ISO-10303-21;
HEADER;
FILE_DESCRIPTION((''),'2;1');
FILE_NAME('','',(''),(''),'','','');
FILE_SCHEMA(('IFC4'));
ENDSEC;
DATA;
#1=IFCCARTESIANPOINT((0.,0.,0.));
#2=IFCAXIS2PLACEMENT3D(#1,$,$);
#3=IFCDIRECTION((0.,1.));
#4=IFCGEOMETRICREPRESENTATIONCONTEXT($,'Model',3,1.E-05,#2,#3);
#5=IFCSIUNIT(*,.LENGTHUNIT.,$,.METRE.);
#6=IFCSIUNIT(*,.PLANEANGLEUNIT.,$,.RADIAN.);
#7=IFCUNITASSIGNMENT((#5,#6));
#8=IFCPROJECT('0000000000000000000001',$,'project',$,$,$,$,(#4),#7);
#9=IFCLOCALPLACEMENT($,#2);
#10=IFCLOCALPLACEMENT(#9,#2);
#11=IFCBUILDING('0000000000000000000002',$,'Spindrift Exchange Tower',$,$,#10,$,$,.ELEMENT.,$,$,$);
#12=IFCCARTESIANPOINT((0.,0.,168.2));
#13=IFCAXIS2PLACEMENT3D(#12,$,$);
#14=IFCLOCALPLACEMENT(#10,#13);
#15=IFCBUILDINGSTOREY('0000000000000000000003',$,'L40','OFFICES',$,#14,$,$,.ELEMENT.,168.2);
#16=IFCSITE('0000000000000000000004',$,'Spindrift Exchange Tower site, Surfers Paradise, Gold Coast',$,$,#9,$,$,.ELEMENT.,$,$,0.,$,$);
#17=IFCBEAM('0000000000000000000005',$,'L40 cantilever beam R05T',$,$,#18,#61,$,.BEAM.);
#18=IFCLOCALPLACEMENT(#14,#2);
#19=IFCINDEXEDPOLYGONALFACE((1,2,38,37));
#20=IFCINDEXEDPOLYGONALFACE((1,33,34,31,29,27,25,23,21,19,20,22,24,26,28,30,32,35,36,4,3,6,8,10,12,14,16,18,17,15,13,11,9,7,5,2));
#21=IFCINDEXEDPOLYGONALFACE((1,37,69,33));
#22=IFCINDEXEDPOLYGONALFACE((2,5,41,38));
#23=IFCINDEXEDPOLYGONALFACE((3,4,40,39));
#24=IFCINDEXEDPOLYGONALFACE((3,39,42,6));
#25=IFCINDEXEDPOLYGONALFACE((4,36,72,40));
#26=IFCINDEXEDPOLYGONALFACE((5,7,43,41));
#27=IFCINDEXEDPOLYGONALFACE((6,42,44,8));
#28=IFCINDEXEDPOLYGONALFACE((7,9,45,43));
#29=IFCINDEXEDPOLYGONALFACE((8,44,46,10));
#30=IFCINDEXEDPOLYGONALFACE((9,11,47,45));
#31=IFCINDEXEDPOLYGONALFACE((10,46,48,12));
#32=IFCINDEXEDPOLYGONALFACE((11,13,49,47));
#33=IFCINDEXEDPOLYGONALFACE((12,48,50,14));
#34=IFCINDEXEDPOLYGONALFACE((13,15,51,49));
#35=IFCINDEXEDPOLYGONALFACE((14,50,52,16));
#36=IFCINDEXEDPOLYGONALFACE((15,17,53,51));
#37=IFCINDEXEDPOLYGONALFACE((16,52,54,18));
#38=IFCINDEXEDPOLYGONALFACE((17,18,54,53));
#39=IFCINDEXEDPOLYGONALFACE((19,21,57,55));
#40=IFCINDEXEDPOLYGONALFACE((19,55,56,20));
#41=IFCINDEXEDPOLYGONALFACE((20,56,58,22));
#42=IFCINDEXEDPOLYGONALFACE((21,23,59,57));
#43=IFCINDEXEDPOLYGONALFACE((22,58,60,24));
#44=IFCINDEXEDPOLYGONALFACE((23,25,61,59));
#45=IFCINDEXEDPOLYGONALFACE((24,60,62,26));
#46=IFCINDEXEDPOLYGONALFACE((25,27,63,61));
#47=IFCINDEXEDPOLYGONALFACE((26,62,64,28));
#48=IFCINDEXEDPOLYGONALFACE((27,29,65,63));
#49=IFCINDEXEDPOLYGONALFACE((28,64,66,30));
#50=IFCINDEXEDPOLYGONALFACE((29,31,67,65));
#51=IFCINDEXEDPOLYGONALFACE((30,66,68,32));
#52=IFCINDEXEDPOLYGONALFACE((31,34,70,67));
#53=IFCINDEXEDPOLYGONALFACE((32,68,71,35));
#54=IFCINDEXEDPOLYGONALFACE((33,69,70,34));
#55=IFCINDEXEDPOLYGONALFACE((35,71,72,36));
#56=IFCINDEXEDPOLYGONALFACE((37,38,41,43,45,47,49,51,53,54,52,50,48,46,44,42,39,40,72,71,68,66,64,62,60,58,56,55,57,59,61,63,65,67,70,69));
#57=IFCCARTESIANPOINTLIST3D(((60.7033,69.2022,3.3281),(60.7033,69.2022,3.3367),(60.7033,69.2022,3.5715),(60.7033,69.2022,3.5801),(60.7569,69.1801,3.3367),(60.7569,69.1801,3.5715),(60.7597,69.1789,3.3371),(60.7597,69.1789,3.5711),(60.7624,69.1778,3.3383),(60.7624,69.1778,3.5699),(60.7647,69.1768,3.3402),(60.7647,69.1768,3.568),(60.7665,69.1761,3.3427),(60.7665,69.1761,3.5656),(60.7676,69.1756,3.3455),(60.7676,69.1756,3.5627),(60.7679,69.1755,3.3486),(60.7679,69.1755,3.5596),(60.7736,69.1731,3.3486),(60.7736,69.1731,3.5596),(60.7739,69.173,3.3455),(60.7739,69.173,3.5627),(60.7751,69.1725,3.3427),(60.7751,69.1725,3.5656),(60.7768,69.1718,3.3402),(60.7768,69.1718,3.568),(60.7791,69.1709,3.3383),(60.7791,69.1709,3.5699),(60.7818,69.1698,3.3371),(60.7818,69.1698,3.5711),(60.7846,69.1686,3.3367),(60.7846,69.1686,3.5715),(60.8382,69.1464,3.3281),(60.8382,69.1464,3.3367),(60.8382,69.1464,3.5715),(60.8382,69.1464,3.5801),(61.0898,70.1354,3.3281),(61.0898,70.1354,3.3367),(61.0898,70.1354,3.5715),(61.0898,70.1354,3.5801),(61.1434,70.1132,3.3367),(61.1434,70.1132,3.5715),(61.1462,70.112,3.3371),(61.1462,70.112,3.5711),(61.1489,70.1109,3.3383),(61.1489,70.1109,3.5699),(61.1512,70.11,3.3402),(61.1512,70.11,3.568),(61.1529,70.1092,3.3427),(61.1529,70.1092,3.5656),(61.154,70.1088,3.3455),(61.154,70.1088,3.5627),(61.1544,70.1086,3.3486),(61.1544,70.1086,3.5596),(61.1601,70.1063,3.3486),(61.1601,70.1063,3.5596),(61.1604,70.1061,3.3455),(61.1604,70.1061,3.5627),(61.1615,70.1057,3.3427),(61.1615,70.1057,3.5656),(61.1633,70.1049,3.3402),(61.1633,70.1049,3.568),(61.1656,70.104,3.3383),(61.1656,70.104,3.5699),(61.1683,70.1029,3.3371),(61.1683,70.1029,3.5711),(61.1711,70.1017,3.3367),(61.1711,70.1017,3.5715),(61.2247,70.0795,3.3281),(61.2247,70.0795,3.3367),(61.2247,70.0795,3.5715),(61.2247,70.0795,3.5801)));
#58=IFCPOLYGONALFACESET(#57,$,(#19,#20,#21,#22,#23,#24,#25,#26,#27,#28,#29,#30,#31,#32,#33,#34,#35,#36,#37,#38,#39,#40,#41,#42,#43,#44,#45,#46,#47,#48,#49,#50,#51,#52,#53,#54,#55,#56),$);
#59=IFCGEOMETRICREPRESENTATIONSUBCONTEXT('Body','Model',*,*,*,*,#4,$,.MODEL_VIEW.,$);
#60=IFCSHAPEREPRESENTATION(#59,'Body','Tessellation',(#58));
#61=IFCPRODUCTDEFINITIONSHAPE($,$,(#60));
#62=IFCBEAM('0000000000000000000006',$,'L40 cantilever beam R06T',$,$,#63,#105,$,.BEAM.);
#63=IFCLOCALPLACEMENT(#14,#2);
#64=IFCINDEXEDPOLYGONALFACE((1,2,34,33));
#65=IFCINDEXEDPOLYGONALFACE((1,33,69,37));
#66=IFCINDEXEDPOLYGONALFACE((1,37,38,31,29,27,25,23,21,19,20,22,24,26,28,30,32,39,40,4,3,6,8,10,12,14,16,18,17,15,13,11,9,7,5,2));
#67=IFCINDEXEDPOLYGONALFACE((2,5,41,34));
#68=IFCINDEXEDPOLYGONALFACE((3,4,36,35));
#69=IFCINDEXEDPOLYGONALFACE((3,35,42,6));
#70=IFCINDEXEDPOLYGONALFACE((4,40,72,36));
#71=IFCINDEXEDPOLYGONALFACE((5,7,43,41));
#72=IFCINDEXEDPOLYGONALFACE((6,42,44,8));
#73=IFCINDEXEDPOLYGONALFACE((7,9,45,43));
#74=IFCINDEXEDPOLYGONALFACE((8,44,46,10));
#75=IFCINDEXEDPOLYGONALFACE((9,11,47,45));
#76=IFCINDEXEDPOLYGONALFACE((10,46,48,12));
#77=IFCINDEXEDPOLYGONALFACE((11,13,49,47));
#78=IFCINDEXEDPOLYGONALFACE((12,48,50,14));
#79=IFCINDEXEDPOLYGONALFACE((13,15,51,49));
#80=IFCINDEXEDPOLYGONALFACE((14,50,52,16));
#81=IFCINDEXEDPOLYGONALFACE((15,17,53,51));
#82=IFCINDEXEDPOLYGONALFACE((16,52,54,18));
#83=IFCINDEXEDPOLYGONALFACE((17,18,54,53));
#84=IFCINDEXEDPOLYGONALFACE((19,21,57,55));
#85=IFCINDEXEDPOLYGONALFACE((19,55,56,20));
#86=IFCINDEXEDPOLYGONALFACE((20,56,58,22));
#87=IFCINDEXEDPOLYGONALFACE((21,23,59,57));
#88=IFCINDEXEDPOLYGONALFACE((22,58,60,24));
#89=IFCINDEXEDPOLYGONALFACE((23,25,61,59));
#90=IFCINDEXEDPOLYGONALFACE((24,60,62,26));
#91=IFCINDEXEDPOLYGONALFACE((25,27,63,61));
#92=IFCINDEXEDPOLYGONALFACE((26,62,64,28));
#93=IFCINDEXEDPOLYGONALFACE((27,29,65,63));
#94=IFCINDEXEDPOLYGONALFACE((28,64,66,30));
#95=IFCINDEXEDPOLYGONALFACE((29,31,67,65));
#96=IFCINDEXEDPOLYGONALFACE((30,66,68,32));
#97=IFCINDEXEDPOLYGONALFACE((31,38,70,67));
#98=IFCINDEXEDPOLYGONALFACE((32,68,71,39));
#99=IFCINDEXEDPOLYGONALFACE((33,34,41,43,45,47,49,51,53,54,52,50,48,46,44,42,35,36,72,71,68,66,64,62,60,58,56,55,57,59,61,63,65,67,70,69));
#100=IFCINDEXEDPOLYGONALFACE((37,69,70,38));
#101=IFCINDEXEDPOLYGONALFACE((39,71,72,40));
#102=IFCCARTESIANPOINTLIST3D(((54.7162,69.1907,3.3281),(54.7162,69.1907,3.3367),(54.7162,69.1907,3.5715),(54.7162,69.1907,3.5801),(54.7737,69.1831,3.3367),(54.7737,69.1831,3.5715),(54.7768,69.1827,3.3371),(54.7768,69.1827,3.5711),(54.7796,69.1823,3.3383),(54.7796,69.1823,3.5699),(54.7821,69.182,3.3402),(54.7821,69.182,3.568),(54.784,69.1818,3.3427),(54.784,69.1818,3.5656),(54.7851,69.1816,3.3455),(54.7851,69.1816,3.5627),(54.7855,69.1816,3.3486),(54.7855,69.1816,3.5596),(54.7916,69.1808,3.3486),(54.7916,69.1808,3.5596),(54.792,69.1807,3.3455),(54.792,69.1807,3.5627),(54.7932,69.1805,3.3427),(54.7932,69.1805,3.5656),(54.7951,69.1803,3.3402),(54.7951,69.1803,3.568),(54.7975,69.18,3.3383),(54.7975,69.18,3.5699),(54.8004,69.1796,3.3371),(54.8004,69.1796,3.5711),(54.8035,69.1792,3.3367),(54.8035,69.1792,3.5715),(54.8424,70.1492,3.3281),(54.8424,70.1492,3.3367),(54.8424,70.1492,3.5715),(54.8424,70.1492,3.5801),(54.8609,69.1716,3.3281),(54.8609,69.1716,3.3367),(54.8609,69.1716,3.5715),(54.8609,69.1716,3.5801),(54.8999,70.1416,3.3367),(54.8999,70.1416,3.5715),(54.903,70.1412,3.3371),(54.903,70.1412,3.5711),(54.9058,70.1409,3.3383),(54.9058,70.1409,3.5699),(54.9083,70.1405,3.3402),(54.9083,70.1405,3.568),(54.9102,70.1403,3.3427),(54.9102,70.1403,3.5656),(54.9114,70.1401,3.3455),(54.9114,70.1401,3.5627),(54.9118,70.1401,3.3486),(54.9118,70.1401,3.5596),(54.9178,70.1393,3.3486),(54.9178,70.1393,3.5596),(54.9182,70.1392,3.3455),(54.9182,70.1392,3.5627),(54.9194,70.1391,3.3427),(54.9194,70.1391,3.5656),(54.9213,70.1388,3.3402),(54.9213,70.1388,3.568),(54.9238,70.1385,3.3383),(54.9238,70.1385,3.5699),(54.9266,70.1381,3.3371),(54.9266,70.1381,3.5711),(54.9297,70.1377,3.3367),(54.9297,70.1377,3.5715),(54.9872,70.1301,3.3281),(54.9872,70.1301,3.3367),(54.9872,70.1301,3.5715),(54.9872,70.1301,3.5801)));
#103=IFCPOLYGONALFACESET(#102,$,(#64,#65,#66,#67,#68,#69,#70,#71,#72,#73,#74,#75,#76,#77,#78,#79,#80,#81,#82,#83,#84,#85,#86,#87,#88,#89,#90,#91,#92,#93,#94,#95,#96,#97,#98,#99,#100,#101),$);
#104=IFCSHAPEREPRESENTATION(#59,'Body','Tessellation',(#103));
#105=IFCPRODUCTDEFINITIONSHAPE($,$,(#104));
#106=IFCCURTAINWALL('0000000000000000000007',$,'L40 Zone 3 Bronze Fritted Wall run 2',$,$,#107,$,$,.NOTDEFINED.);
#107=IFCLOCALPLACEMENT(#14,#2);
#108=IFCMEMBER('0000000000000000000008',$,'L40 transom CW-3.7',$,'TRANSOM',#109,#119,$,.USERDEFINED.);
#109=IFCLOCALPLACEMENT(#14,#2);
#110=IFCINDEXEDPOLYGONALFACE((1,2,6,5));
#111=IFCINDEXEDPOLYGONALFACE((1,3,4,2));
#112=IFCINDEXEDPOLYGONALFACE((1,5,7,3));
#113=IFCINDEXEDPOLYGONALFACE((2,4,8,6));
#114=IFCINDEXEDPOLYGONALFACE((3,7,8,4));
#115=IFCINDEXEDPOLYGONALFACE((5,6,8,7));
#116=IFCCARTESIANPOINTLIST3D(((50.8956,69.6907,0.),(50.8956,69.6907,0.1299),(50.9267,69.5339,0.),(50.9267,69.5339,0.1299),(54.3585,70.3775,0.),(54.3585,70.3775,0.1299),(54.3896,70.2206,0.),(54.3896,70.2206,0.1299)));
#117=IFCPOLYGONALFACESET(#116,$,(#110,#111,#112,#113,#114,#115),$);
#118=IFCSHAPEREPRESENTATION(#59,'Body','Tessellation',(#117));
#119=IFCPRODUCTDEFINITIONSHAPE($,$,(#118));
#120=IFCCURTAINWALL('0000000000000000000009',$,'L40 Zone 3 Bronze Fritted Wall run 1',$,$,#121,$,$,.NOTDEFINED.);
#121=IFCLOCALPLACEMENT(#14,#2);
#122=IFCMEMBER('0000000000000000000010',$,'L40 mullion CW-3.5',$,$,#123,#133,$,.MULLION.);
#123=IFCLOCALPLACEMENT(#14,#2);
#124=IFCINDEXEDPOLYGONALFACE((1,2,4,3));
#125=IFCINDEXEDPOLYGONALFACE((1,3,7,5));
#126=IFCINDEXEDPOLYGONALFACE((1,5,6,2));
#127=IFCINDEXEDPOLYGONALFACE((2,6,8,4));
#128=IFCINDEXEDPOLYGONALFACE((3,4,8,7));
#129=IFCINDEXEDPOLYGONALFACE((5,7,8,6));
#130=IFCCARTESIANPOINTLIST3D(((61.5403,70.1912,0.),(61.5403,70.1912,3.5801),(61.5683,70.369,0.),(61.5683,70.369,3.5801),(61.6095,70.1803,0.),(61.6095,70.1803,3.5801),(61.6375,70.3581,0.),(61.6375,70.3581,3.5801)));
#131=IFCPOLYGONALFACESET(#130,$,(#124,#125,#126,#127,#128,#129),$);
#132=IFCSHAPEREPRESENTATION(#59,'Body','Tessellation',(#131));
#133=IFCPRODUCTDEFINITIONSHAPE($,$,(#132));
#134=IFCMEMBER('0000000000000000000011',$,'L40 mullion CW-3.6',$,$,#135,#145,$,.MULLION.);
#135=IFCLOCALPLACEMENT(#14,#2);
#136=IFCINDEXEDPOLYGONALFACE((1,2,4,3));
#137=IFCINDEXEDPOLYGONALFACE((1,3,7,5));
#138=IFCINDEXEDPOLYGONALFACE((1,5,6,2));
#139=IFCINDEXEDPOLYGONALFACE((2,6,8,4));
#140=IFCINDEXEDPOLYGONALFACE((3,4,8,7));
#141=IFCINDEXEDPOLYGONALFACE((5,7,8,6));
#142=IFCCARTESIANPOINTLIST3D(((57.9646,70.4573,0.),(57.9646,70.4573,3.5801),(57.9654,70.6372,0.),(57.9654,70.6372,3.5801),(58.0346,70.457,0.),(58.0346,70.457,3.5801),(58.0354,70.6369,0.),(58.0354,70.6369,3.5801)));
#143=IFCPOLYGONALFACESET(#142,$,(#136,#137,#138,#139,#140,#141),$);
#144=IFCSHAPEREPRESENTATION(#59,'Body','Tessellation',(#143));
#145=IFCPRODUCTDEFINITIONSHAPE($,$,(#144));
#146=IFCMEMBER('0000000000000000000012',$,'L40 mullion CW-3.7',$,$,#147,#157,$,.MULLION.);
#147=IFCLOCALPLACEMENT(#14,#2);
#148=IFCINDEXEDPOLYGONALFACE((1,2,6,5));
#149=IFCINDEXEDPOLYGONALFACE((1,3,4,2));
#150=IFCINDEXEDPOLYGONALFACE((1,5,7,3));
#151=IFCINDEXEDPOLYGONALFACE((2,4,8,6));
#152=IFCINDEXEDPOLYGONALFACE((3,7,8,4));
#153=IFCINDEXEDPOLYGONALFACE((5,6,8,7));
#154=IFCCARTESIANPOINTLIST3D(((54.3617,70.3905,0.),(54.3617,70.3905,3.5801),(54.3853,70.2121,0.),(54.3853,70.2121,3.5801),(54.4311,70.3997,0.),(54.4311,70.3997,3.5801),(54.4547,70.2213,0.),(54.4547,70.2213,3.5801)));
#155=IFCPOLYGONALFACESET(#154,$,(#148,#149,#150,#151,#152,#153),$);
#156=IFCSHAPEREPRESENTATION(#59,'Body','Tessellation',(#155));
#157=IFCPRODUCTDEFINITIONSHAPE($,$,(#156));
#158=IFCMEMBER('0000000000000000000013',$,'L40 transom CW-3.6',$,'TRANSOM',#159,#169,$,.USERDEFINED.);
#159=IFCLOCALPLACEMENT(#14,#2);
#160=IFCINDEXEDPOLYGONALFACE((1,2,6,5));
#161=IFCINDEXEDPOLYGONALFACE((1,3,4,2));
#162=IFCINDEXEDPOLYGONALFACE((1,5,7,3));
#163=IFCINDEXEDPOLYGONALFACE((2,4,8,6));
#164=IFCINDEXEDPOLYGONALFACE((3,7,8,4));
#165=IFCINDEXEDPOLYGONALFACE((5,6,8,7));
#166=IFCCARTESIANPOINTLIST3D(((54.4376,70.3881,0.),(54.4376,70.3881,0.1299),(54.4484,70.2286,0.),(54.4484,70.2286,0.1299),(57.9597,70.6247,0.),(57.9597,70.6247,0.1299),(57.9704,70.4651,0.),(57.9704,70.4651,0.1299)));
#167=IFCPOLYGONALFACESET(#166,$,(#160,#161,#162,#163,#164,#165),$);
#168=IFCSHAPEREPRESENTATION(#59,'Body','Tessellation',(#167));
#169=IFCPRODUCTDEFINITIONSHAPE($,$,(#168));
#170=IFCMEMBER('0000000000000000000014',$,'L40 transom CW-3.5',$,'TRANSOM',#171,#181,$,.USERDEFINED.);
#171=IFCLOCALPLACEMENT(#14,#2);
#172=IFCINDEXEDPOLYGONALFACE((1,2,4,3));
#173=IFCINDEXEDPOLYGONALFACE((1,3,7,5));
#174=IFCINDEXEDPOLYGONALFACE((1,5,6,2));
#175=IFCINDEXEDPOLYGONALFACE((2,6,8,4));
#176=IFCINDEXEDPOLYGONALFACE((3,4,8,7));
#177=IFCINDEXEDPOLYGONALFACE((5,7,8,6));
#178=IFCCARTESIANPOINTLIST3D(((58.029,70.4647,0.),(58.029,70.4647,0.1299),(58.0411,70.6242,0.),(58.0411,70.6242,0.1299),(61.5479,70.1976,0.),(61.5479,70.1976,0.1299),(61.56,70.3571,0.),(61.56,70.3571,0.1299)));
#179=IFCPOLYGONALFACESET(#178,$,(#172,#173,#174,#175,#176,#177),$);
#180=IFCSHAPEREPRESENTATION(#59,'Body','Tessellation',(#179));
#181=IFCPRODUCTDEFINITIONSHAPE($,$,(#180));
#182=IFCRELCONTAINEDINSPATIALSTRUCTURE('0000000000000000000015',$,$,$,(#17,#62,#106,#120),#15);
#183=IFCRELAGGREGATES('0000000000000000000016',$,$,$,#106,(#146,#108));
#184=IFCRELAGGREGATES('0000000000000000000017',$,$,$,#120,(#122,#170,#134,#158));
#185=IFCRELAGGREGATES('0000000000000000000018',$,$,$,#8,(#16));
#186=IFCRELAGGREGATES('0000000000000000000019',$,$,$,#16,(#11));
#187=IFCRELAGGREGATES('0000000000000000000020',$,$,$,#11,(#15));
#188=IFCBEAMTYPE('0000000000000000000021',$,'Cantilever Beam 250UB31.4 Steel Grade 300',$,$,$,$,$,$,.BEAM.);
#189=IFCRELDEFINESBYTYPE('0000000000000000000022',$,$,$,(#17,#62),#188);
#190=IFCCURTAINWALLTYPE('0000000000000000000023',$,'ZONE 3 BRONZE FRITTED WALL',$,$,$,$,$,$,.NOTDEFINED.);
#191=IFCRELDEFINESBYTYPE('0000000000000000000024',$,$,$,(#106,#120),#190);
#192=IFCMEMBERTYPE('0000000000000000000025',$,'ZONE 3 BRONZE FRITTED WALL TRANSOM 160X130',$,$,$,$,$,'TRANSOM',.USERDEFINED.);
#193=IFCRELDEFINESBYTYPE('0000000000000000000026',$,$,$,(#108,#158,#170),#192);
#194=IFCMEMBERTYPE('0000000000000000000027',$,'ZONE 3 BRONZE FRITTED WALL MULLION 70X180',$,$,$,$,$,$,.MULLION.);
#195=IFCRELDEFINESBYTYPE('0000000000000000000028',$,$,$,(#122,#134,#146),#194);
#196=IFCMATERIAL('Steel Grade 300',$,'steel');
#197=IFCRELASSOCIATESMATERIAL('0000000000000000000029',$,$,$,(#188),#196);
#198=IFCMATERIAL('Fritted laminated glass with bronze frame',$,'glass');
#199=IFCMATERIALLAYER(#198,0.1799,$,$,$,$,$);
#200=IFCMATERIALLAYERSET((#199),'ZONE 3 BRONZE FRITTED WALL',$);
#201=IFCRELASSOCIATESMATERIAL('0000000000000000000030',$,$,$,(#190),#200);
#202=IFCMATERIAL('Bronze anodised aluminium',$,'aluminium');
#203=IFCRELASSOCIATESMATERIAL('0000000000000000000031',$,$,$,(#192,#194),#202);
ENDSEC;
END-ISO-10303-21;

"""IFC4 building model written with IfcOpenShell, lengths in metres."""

from ifc_helpers import new_model, si_unit, direction, frame, origin, origin_2d, place, context, subcontext, project, spatial, rectangle, i_section, extrude, source, transform, mapped, material, layer, layer_set, material_profile, profile_set, type_object, element, aggregate, save


model = new_model("IFC4")

# Units and contexts
model_context = context("Model", 3, precision=1e-05, world=origin(), true_north=direction((0.0, 1.0)))
body_context = subcontext(model_context, "Body", "Model", "MODEL_VIEW")
ifc_project = project(units=[si_unit("LENGTHUNIT", "METRE"), si_unit("PLANEANGLEUNIT", "RADIAN")], contexts=[model_context])

# Site, building, storey
site_placement = place(None, origin())
site = spatial("IfcSite", under=ifc_project, at=site_placement, Name="Spindrift Exchange Tower site, Surfers Paradise, Gold Coast", CompositionType="ELEMENT", RefElevation=0.0)
building_placement = place(site_placement, origin())
building = spatial("IfcBuilding", under=site, at=building_placement, Name="Spindrift Exchange Tower", CompositionType="ELEMENT")
storey_placement = place(building_placement, frame((0.0, 0.0, 168.2)))
storey = spatial("IfcBuildingStorey", under=building, at=storey_placement, Name="L40", Description="OFFICES", CompositionType="ELEMENT", Elevation=168.2)

# Beams
ifc_material_1 = material(Name="Steel Grade 300", Category="steel")
ifc_material_profile_1 = material_profile(ifc_material_1, i_section(OverallWidth=0.146, OverallDepth=0.252, WebThickness=0.0061, FlangeThickness=0.0085, FilletRadius=0.012, at=origin_2d()), Name="250UB31.4")
ifc_profile_set_1 = profile_set([ifc_material_profile_1], Name="Steel Grade 300")
beam_type_1 = type_object("IfcBeamType", Name="Cantilever Beam 250UB31.4 Steel Grade 300", PredefinedType="BEAM", material=ifc_profile_set_1)
shared_shape_1 = source(origin(), body_context, "Body", "SweptSolid", [
    extrude(i_section(OverallWidth=0.146, OverallDepth=0.252, WebThickness=0.0061, FlangeThickness=0.0085, FilletRadius=0.012, at=origin_2d()), origin(), (0.0, 0.0, 1.0), 1.01),
])
beam_1_placement = place(storey_placement, frame((60.7708, 69.1743, 3.4541), z_axis=(0.382658, 0.92389, 0.0), x_axis=(-0.92389, 0.382658, 0.0)))
element("IfcBeam", 1, at=beam_1_placement, inside=storey, type_object=beam_type_1, Name="L40 cantilever beam R05T", PredefinedType="BEAM", context=body_context, shape_type="MappedRepresentation", body=[
    mapped(shared_shape_1, transform((0.0, 0.0, 0.0), scale=1.0)),
])
shared_shape_2 = source(origin(), body_context, "Body", "SweptSolid", [
    extrude(i_section(OverallWidth=0.146, OverallDepth=0.252, WebThickness=0.0061, FlangeThickness=0.0085, FilletRadius=0.012, at=origin_2d()), origin(), (0.0, 0.0, 1.0), 0.9668),
])
beam_2_placement = place(storey_placement, frame((54.7886, 69.1812, 3.4541), z_axis=(0.130559, 0.991441, 0.0), x_axis=(-0.991441, 0.130559, 0.0)))
element("IfcBeam", 2, at=beam_2_placement, inside=storey, type_object=beam_type_1, Name="L40 cantilever beam R06T", PredefinedType="BEAM", context=body_context, shape_type="MappedRepresentation", body=[
    mapped(shared_shape_2, transform((0.0, 0.0, 0.0), scale=1.0)),
])

# Curtain wall, member
ifc_material_2 = material(Name="Fritted laminated glass with bronze frame", Category="glass")
ifc_layer_1 = layer(ifc_material_2, 0.1799)
ifc_layer_set_1 = layer_set([ifc_layer_1], Name="ZONE 3 BRONZE FRITTED WALL")
curtain_wall_type = type_object("IfcCurtainWallType", Name="ZONE 3 BRONZE FRITTED WALL", PredefinedType="NOTDEFINED", material=ifc_layer_set_1)
curtain_wall_1_placement = place(storey_placement, origin())
curtain_wall_1 = element("IfcCurtainWall", 3, at=curtain_wall_1_placement, inside=storey, type_object=curtain_wall_type, Name="L40 Zone 3 Bronze Fritted Wall run 2", PredefinedType="NOTDEFINED")
ifc_material_3 = material(Name="Bronze anodised aluminium", Category="aluminium")
ifc_material_profile_2 = material_profile(ifc_material_3, rectangle(XDim=0.1599, YDim=0.1299, at=origin_2d()), Name="ZONE 3 BRONZE FRITTED WALL TRANSOM 160X130")
ifc_profile_set_2 = profile_set([ifc_material_profile_2], Name="Bronze anodised aluminium")
member_type_1 = type_object("IfcMemberType", Name="ZONE 3 BRONZE FRITTED WALL TRANSOM 160X130", ElementType="TRANSOM", PredefinedType="USERDEFINED", material=ifc_profile_set_2)
shared_shape_3 = source(origin(), body_context, "Body", "SweptSolid", [
    extrude(rectangle(XDim=0.1599, YDim=0.1299, at=origin_2d()), origin(), (0.0, 0.0, 1.0), 3.5303),
])
member_1_placement = place(storey_placement, frame((54.374, 70.2991, 0.0649), z_axis=(-0.980896, -0.194533, 0.0), x_axis=(0.194533, -0.980896, 0.0)))
member_1 = element("IfcMember", 4, at=member_1_placement, type_object=member_type_1, Name="L40 transom CW-3.7", ObjectType="TRANSOM", PredefinedType="USERDEFINED", context=body_context, shape_type="MappedRepresentation", body=[
    mapped(shared_shape_3, transform((0.0, 0.0, 0.0), scale=1.0)),
])

# Curtain wall, members
curtain_wall_2_placement = place(storey_placement, origin())
curtain_wall_2 = element("IfcCurtainWall", 5, at=curtain_wall_2_placement, inside=storey, type_object=curtain_wall_type, Name="L40 Zone 3 Bronze Fritted Wall run 1", PredefinedType="NOTDEFINED")
ifc_material_profile_3 = material_profile(ifc_material_3, rectangle(XDim=0.0701, YDim=0.1799, at=origin_2d()), Name="ZONE 3 BRONZE FRITTED WALL MULLION 70X180")
ifc_profile_set_3 = profile_set([ifc_material_profile_3], Name="Bronze anodised aluminium")
member_type_2 = type_object("IfcMemberType", Name="ZONE 3 BRONZE FRITTED WALL MULLION 70X180", PredefinedType="MULLION", material=ifc_profile_set_3)
shared_shape_4 = source(origin(), body_context, "Body", "SweptSolid", [
    extrude(rectangle(XDim=0.0701, YDim=0.1799, at=origin_2d()), origin(), (0.0, 0.0, 1.0), 3.5801),
])
member_2_placement = place(storey_placement, frame((61.5889, 70.2747, 0.0), z_axis=(0.0, 0.0, 1.0), x_axis=(-0.987813, 0.155643, 0.0)))
member_2 = element("IfcMember", 6, at=member_2_placement, type_object=member_type_2, Name="L40 mullion CW-3.5", PredefinedType="MULLION", context=body_context, shape_type="MappedRepresentation", body=[
    mapped(shared_shape_4, transform((0.0, 0.0, 0.0), scale=1.0)),
])
member_3_placement = place(storey_placement, frame((58.0, 70.5471, 0.0), z_axis=(0.0, 0.0, 1.0), x_axis=(-0.99999, 0.004368, 0.0)))
member_3 = element("IfcMember", 7, at=member_3_placement, type_object=member_type_2, Name="L40 mullion CW-3.6", PredefinedType="MULLION", context=body_context, shape_type="MappedRepresentation", body=[
    mapped(shared_shape_4, transform((0.0, 0.0, 0.0), scale=1.0)),
])

# Members
member_4_placement = place(storey_placement, frame((54.4082, 70.3059, 0.0), z_axis=(0.0, 0.0, 1.0), x_axis=(-0.991377, -0.131042, 0.0)))
member_4 = element("IfcMember", 8, at=member_4_placement, type_object=member_type_2, Name="L40 mullion CW-3.7", PredefinedType="MULLION", context=body_context, shape_type="MappedRepresentation", body=[
    mapped(shared_shape_4, transform((0.0, 0.0, 0.0), scale=1.0)),
])
shared_shape_5 = source(origin(), body_context, "Body", "SweptSolid", [
    extrude(rectangle(XDim=0.1599, YDim=0.1299, at=origin_2d()), origin(), (0.0, 0.0, 1.0), 3.53),
])
member_5_placement = place(storey_placement, frame((57.9651, 70.5449, 0.0649), z_axis=(-0.997752, -0.067019, 0.0), x_axis=(0.067019, -0.997752, 0.0)))
member_5 = element("IfcMember", 9, at=member_5_placement, type_object=member_type_1, Name="L40 transom CW-3.6", ObjectType="TRANSOM", PredefinedType="USERDEFINED", context=body_context, shape_type="MappedRepresentation", body=[
    mapped(shared_shape_5, transform((0.0, 0.0, 0.0), scale=1.0)),
])
shared_shape_6 = source(origin(), body_context, "Body", "SweptSolid", [
    extrude(rectangle(XDim=0.1599, YDim=0.1299, at=origin_2d()), origin(), (0.0, 0.0, 1.0), 3.5291),
])
member_6_placement = place(storey_placement, frame((61.554, 70.2773, 0.0649), z_axis=(-0.997132, 0.075681, 0.0), x_axis=(-0.075681, -0.997132, 0.0)))
member_6 = element("IfcMember", 10, at=member_6_placement, type_object=member_type_1, Name="L40 transom CW-3.5", ObjectType="TRANSOM", PredefinedType="USERDEFINED", context=body_context, shape_type="MappedRepresentation", body=[
    mapped(shared_shape_6, transform((0.0, 0.0, 0.0), scale=1.0)),
])

aggregate(curtain_wall_1, [member_4, member_1])
aggregate(curtain_wall_2, [member_2, member_6, member_3, member_5])

save(model, "model.ifc")
